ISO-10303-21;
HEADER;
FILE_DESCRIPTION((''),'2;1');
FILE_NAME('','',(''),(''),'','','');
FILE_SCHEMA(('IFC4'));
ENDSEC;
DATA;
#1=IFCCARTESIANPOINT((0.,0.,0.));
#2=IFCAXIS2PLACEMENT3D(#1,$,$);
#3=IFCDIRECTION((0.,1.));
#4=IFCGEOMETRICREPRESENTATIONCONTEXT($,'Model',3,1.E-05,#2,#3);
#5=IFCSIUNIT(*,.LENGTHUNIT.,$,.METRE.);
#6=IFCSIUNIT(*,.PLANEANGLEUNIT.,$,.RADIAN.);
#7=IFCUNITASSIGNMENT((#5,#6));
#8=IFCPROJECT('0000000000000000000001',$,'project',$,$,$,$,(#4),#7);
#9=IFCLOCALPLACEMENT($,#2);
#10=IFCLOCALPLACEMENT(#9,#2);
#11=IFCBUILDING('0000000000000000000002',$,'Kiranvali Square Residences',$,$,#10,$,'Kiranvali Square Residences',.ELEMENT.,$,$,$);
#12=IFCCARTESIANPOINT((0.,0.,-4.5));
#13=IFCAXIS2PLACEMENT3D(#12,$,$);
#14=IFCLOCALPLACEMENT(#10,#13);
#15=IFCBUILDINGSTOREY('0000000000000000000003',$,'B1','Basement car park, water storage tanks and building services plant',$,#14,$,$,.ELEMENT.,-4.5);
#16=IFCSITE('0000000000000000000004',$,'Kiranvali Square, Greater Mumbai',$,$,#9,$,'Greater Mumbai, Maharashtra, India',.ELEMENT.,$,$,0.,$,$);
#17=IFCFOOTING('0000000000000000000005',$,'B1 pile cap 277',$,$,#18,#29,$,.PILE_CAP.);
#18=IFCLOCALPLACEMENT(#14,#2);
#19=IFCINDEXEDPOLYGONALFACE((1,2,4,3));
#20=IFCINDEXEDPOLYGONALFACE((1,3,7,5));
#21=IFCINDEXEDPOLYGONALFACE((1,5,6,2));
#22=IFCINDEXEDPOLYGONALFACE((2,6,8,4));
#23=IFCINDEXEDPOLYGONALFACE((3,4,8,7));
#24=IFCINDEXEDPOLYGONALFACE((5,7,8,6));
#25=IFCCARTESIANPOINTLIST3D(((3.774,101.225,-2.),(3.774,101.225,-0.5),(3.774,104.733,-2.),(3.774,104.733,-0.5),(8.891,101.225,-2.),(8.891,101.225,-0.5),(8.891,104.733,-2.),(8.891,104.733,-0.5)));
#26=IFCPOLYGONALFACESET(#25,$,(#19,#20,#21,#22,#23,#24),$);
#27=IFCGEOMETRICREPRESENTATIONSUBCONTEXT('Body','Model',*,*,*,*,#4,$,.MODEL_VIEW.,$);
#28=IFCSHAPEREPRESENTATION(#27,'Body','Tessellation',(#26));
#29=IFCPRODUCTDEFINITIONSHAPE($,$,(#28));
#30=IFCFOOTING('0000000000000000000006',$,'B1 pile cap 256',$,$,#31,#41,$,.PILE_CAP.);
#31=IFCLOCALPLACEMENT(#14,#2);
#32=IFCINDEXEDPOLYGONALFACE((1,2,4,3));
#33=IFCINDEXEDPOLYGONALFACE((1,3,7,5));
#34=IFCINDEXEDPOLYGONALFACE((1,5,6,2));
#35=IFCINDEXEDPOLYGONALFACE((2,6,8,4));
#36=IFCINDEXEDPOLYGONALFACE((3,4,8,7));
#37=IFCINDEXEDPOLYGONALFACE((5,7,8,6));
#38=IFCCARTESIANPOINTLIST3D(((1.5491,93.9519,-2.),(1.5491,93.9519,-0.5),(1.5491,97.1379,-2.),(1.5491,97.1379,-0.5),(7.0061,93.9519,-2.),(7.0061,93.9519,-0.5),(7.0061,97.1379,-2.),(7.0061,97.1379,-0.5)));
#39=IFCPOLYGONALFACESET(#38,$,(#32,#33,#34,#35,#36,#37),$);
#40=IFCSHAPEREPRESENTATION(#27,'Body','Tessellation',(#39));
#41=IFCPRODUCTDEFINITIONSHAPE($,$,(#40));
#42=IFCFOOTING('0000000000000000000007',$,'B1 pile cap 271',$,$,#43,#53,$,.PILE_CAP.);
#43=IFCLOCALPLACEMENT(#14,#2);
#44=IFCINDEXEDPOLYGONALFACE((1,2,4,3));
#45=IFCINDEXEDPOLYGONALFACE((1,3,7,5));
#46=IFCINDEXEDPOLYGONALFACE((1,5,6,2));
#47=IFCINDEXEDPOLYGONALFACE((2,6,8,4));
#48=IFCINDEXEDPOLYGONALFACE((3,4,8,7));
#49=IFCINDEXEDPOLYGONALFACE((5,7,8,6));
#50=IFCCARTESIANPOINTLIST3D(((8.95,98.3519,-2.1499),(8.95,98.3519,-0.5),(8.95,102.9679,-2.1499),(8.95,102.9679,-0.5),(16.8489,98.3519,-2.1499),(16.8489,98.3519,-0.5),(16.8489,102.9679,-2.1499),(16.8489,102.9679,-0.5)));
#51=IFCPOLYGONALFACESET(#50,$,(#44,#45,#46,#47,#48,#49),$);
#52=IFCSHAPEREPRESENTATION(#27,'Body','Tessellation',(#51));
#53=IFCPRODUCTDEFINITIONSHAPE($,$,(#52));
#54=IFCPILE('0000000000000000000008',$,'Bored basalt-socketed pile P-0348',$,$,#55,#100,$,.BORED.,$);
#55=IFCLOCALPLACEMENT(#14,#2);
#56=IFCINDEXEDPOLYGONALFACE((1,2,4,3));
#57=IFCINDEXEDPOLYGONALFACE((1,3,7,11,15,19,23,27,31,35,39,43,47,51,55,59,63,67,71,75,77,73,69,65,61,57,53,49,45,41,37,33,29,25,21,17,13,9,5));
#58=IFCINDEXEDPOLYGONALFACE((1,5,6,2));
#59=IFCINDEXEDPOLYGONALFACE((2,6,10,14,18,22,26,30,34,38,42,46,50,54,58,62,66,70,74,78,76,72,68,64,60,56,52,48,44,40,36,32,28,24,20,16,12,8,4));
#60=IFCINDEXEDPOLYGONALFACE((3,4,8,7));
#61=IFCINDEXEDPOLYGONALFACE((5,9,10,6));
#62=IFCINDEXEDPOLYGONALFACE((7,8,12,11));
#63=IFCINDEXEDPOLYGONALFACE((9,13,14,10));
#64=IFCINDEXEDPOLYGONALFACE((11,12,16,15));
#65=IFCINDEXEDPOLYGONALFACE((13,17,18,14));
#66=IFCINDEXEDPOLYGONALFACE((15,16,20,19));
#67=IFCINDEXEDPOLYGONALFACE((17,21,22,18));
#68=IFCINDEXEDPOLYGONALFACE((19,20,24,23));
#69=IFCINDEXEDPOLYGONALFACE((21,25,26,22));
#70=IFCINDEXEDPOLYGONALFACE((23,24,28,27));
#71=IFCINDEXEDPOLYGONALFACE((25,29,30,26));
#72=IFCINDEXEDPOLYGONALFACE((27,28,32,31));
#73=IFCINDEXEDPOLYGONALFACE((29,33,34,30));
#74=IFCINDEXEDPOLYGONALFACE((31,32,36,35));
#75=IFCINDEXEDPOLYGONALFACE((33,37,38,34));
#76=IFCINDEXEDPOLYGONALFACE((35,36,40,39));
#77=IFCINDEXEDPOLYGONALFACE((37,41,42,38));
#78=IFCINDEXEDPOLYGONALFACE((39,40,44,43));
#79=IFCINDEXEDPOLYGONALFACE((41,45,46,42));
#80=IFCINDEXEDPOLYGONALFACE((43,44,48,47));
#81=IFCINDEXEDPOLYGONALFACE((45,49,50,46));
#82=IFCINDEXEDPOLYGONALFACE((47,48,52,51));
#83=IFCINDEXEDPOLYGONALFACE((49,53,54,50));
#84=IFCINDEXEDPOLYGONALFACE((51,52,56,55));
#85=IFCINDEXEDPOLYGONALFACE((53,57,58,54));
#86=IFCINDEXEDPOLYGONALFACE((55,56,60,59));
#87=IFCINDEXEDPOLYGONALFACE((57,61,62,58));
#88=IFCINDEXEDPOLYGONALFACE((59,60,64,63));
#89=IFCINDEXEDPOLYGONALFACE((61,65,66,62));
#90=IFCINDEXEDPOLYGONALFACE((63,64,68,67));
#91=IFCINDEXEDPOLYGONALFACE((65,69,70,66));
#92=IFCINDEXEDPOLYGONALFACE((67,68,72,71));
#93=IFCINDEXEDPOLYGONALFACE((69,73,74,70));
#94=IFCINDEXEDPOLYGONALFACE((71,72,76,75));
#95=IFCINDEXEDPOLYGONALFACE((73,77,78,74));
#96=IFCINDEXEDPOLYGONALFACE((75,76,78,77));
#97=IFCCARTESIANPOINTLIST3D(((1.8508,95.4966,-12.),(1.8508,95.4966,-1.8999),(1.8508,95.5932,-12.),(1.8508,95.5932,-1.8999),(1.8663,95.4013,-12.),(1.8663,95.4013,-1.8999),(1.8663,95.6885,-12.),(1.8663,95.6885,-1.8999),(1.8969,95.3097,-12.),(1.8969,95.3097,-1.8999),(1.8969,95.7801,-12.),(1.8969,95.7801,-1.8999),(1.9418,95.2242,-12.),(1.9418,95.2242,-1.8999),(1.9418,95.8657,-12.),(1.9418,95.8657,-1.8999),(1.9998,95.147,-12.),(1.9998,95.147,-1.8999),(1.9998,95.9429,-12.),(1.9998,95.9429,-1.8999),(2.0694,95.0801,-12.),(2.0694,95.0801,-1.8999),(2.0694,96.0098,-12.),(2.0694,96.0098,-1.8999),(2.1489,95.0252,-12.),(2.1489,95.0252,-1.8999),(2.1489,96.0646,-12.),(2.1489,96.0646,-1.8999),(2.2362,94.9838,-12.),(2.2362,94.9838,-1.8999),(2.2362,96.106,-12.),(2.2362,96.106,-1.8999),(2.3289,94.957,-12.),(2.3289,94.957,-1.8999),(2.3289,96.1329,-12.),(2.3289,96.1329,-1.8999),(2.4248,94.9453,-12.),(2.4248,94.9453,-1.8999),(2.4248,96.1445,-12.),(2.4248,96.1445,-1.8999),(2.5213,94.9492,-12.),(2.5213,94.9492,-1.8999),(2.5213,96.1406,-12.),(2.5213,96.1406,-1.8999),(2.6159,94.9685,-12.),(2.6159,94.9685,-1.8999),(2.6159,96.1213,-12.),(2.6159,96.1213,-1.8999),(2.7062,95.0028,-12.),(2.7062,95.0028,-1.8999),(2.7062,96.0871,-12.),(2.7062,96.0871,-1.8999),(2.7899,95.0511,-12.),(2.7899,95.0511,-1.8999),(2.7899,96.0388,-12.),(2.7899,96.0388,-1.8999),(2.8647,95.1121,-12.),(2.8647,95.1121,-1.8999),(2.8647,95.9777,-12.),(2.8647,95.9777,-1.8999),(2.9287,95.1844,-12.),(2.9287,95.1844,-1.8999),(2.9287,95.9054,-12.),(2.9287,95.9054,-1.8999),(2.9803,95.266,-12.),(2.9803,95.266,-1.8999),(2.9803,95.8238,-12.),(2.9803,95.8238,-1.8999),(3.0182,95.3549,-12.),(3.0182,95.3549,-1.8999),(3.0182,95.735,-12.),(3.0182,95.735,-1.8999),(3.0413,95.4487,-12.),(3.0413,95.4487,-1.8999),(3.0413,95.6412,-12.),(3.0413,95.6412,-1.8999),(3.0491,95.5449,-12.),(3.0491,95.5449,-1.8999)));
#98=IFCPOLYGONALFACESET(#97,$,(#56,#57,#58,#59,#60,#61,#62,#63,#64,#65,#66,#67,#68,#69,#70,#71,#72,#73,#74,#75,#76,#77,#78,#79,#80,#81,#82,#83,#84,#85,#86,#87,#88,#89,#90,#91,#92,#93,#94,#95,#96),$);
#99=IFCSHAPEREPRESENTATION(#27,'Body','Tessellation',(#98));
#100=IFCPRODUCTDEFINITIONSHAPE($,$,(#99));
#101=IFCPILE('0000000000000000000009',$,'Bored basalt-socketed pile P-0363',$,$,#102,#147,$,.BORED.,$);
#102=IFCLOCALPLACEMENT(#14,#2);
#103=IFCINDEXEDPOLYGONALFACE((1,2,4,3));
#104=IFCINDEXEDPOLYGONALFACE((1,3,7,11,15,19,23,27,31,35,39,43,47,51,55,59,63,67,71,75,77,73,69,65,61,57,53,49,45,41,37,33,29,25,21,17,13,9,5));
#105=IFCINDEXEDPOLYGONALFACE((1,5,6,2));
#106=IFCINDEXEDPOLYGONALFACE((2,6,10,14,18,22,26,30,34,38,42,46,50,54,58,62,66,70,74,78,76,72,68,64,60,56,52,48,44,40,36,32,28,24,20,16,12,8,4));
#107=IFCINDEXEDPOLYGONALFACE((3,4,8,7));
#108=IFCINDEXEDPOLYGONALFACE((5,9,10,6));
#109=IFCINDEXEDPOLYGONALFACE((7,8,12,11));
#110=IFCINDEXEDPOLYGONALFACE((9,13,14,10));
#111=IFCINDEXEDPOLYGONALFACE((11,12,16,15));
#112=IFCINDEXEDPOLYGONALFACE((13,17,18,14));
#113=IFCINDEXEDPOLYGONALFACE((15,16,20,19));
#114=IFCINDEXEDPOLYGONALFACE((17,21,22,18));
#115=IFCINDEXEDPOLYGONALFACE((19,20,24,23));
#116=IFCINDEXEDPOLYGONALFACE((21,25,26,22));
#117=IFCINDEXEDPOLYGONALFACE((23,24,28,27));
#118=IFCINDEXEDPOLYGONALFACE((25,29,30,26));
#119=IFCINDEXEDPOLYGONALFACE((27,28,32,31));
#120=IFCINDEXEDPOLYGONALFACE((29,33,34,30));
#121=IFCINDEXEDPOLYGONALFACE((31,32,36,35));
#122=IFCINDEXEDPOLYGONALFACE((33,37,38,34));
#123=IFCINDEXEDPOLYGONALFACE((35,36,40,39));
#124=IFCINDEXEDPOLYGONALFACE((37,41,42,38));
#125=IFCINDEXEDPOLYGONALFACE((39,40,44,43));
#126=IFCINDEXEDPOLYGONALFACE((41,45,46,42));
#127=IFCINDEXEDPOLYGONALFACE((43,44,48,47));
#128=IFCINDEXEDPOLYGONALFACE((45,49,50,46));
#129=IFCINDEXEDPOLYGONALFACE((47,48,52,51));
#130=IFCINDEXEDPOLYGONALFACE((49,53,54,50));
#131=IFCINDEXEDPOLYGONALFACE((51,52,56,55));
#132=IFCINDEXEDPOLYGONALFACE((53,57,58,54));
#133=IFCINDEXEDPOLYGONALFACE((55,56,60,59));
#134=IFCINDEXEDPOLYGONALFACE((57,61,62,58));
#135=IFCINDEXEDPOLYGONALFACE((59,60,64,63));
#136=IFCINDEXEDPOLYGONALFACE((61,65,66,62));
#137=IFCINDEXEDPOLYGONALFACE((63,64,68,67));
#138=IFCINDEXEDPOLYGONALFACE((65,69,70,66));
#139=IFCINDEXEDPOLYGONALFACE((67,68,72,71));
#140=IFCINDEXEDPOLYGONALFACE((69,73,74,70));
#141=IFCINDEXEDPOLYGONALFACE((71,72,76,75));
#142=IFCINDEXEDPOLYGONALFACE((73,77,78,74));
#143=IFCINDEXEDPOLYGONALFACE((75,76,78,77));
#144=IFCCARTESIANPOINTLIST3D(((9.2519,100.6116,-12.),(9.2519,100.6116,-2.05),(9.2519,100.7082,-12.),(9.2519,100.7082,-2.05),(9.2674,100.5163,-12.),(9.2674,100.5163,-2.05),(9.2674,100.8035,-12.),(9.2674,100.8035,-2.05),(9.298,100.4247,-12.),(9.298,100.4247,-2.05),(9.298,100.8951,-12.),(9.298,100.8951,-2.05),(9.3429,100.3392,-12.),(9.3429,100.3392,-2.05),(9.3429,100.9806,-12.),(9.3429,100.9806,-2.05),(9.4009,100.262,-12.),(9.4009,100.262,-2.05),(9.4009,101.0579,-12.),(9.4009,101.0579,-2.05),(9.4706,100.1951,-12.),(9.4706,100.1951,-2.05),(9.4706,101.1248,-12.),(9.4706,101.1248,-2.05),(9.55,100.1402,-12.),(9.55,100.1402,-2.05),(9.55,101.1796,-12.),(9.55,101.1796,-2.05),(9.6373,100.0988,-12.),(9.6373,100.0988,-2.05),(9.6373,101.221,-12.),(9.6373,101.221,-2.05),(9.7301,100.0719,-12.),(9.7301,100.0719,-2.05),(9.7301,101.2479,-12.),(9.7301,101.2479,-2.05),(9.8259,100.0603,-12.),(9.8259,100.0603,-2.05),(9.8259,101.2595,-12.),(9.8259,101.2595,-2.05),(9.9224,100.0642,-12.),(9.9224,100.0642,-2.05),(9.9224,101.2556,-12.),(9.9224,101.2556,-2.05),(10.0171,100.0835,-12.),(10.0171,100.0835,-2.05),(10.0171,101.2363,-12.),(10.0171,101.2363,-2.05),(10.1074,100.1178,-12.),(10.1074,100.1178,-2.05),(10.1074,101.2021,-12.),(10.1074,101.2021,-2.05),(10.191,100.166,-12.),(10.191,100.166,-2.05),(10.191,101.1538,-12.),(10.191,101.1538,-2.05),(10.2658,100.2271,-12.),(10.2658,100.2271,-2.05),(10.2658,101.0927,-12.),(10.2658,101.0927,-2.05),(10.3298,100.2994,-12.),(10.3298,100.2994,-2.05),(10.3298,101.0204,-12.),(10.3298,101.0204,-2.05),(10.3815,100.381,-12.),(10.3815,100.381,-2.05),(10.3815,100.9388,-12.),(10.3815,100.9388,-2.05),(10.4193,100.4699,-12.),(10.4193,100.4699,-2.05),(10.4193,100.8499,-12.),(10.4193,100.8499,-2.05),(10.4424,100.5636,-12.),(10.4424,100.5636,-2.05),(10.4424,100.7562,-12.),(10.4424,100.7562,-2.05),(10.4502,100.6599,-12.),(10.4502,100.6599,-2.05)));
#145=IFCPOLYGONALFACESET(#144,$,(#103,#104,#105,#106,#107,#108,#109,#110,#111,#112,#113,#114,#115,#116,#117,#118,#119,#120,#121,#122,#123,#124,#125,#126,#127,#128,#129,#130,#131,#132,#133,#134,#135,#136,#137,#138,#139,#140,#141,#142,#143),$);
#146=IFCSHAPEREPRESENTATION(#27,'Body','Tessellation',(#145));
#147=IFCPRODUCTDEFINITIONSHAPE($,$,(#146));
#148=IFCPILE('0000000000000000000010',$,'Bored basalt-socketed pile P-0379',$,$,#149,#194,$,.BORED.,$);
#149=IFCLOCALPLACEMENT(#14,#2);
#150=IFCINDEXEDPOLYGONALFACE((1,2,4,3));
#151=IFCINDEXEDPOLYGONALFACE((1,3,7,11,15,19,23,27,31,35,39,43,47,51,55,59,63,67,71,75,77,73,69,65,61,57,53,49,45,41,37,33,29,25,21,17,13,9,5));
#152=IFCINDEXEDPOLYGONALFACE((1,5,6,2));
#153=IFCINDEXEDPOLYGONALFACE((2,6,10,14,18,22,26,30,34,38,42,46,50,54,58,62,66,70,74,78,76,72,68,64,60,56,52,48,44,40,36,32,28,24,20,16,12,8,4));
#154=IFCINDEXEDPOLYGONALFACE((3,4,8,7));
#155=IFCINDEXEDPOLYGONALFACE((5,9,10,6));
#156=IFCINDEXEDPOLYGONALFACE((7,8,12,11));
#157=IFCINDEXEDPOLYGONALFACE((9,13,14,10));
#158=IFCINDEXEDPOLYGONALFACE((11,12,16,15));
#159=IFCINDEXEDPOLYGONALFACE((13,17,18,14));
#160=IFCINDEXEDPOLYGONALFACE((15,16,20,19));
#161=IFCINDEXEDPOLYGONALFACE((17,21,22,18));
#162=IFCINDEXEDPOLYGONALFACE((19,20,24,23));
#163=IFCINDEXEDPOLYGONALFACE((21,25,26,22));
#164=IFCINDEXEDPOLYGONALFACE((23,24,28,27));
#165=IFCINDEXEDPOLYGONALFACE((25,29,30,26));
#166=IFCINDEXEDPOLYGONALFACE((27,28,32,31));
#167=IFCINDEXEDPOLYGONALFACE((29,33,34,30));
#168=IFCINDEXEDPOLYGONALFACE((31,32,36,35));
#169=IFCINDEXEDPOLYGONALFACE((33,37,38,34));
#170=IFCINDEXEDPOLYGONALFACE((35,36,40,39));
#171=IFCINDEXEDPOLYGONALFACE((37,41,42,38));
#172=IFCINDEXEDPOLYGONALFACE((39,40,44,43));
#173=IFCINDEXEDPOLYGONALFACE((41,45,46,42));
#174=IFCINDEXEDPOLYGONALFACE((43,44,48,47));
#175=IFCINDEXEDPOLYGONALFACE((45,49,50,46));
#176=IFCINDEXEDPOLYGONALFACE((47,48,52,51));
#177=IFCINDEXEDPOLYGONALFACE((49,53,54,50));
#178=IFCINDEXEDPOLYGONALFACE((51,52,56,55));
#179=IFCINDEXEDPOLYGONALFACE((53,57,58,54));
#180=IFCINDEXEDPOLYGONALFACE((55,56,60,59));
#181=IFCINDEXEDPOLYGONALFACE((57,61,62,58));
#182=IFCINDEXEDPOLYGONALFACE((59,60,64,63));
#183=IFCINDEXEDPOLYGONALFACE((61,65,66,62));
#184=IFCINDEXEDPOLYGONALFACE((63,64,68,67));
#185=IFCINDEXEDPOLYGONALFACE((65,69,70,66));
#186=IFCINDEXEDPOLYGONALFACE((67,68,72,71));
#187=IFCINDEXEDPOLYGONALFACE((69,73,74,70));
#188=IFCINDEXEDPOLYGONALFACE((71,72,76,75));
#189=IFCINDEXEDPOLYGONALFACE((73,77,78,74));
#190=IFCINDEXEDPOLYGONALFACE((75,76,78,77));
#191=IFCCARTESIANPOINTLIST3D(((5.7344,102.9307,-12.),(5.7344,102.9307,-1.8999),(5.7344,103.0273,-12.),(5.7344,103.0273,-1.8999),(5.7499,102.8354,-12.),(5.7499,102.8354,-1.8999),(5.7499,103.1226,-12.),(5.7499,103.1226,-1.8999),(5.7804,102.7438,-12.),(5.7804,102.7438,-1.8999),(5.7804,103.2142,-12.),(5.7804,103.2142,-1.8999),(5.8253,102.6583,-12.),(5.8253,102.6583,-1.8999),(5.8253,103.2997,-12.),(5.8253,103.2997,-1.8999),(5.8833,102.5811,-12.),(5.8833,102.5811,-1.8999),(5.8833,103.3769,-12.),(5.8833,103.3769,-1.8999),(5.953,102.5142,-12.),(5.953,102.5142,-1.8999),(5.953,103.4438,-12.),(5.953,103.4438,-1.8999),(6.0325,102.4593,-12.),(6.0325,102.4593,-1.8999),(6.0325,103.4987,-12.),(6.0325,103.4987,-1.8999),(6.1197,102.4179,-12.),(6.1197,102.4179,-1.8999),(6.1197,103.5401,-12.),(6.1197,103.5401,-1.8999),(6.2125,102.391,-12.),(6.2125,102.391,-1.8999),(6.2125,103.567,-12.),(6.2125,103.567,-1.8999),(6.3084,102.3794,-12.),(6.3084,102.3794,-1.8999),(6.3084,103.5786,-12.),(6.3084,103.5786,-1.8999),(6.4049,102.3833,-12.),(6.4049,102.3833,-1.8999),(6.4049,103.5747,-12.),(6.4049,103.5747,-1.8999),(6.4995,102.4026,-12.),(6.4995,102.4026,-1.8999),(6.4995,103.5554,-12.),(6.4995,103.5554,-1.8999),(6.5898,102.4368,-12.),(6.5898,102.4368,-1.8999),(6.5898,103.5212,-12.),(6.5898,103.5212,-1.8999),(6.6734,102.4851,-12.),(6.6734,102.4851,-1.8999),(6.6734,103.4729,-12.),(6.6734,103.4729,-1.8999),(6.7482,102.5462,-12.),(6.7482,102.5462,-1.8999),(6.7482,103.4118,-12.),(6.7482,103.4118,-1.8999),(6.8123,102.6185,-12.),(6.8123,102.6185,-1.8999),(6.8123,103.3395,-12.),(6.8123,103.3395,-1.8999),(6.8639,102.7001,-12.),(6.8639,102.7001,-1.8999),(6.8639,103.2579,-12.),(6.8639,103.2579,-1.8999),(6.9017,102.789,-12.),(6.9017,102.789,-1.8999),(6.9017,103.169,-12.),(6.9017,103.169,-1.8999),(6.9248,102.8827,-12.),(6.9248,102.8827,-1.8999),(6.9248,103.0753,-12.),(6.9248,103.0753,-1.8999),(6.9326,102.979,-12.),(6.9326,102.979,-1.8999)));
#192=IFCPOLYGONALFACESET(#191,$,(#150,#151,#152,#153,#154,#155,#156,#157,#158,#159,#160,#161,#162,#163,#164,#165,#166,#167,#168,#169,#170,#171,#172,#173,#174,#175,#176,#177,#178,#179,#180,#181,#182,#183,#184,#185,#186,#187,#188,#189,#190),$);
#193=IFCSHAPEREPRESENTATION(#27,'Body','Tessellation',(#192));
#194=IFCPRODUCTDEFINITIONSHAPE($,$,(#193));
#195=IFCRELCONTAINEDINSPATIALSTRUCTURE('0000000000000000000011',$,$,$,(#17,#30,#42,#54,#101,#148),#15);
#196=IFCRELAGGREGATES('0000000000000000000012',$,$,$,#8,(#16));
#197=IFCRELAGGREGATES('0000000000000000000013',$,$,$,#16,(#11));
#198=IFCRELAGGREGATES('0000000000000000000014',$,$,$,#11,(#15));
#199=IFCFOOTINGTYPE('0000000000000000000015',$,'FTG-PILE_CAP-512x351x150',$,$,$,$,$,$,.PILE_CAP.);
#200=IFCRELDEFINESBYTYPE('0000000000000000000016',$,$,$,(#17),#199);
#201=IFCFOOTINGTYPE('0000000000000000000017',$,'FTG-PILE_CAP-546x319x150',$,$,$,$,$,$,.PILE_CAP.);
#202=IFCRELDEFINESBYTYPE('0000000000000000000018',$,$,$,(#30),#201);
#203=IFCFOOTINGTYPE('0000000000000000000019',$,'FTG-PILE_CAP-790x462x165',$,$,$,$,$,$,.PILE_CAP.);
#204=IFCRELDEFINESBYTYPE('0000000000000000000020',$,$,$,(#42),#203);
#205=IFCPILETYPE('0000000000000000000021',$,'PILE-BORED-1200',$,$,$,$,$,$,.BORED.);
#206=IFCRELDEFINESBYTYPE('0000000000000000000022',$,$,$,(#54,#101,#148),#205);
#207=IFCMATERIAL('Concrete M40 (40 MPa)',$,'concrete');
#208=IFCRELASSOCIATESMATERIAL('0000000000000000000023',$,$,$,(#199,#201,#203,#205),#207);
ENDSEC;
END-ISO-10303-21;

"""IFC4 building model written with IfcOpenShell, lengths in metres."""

from ifc_helpers import new_model, si_unit, direction, frame, origin, origin_2d, place, context, subcontext, project, spatial, rectangle, circle, extrude, material, material_profile, profile_set, type_object, element, save


model = new_model("IFC4")

# Units and contexts
model_context = context("Model", 3, precision=1e-05, world=origin(), true_north=direction((0.0, 1.0)))
body_context = subcontext(model_context, "Body", "Model", "MODEL_VIEW")
ifc_project = project(units=[si_unit("LENGTHUNIT", "METRE"), si_unit("PLANEANGLEUNIT", "RADIAN")], contexts=[model_context])

# Site, building, storey
site_placement = place(None, origin())
site = spatial("IfcSite", under=ifc_project, at=site_placement, Name="Kiranvali Square, Greater Mumbai", LongName="Greater Mumbai, Maharashtra, India", CompositionType="ELEMENT", RefElevation=0.0)
building_placement = place(site_placement, origin())
building = spatial("IfcBuilding", under=site, at=building_placement, Name="Kiranvali Square Residences", LongName="Kiranvali Square Residences", CompositionType="ELEMENT")
storey_placement = place(building_placement, frame((0.0, 0.0, -4.5)))
storey = spatial("IfcBuildingStorey", under=building, at=storey_placement, Name="B1", Description="Basement car park, water storage tanks and building services plant", CompositionType="ELEMENT", Elevation=-4.5)

# Footings
ifc_material_1 = material(Name="Concrete M40 (40 MPa)", Category="concrete")
footing_type_1 = type_object("IfcFootingType", Name="FTG-PILE_CAP-512x351x150", PredefinedType="PILE_CAP", material=ifc_material_1)
footing_1_placement = place(storey_placement, frame((6.3325, 102.979, -2.0), z_axis=(0.0, 0.0, 1.0), x_axis=(1.0, 0.0, 0.0)))
element("IfcFooting", 1, at=footing_1_placement, inside=storey, type_object=footing_type_1, Name="B1 pile cap 277", PredefinedType="PILE_CAP", context=body_context, shape_type="SweptSolid", body=[
    extrude(rectangle(XDim=5.1169, YDim=3.5081, at=origin_2d()), origin(), (0.0, 0.0, 1.0), 1.5),
])
footing_type_2 = type_object("IfcFootingType", Name="FTG-PILE_CAP-546x319x150", PredefinedType="PILE_CAP", material=ifc_material_1)
footing_2_placement = place(storey_placement, frame((4.2776, 95.5449, -2.0), z_axis=(0.0, 0.0, 1.0), x_axis=(1.0, 0.0, 0.0)))
element("IfcFooting", 2, at=footing_2_placement, inside=storey, type_object=footing_type_2, Name="B1 pile cap 256", PredefinedType="PILE_CAP", context=body_context, shape_type="SweptSolid", body=[
    extrude(rectangle(XDim=5.457, YDim=3.186, at=origin_2d()), origin(), (0.0, 0.0, 1.0), 1.5),
])
footing_type_3 = type_object("IfcFootingType", Name="FTG-PILE_CAP-790x462x165", PredefinedType="PILE_CAP", material=ifc_material_1)
footing_3_placement = place(storey_placement, frame((12.8994, 100.6599, -2.1499), z_axis=(0.0, 0.0, 1.0), x_axis=(1.0, 0.0, 0.0)))
element("IfcFooting", 3, at=footing_3_placement, inside=storey, type_object=footing_type_3, Name="B1 pile cap 271", PredefinedType="PILE_CAP", context=body_context, shape_type="SweptSolid", body=[
    extrude(rectangle(XDim=7.8989, YDim=4.616, at=origin_2d()), origin(), (0.0, 0.0, 1.0), 1.6499),
])

# Piles
ifc_material_profile_1 = material_profile(ifc_material_1, circle(Radius=0.6001, at=origin_2d()), Name="BORED PILE 1200")
ifc_profile_set_1 = profile_set([ifc_material_profile_1], Name="Concrete M40 (40 MPa)")
pile_type = type_object("IfcPileType", Name="PILE-BORED-1200", PredefinedType="BORED", material=ifc_profile_set_1)
pile_1_placement = place(storey_placement, frame((2.449, 95.5449, -1.8999), z_axis=(0.0, 0.0, -1.0), x_axis=(1.0, 0.0, 0.0)))
element("IfcPile", 4, at=pile_1_placement, inside=storey, type_object=pile_type, Name="Bored basalt-socketed pile P-0348", PredefinedType="BORED", context=body_context, shape_type="SweptSolid", body=[
    extrude(circle(Radius=0.6001, at=origin_2d()), origin(), (0.0, 0.0, 1.0), 10.1001),
])
pile_2_placement = place(storey_placement, frame((9.8501, 100.6599, -2.05), z_axis=(0.0, 0.0, -1.0), x_axis=(1.0, 0.0, 0.0)))
element("IfcPile", 5, at=pile_2_placement, inside=storey, type_object=pile_type, Name="Bored basalt-socketed pile P-0363", PredefinedType="BORED", context=body_context, shape_type="SweptSolid", body=[
    extrude(circle(Radius=0.6001, at=origin_2d()), origin(), (0.0, 0.0, 1.0), 9.95),
])
pile_3_placement = place(storey_placement, frame((6.3325, 102.979, -1.8999), z_axis=(0.0, 0.0, -1.0), x_axis=(1.0, 0.0, 0.0)))
element("IfcPile", 6, at=pile_3_placement, inside=storey, type_object=pile_type, Name="Bored basalt-socketed pile P-0379", PredefinedType="BORED", context=body_context, shape_type="SweptSolid", body=[
    extrude(circle(Radius=0.6001, at=origin_2d()), origin(), (0.0, 0.0, 1.0), 10.1001),
])

save(model, "model.ifc")
